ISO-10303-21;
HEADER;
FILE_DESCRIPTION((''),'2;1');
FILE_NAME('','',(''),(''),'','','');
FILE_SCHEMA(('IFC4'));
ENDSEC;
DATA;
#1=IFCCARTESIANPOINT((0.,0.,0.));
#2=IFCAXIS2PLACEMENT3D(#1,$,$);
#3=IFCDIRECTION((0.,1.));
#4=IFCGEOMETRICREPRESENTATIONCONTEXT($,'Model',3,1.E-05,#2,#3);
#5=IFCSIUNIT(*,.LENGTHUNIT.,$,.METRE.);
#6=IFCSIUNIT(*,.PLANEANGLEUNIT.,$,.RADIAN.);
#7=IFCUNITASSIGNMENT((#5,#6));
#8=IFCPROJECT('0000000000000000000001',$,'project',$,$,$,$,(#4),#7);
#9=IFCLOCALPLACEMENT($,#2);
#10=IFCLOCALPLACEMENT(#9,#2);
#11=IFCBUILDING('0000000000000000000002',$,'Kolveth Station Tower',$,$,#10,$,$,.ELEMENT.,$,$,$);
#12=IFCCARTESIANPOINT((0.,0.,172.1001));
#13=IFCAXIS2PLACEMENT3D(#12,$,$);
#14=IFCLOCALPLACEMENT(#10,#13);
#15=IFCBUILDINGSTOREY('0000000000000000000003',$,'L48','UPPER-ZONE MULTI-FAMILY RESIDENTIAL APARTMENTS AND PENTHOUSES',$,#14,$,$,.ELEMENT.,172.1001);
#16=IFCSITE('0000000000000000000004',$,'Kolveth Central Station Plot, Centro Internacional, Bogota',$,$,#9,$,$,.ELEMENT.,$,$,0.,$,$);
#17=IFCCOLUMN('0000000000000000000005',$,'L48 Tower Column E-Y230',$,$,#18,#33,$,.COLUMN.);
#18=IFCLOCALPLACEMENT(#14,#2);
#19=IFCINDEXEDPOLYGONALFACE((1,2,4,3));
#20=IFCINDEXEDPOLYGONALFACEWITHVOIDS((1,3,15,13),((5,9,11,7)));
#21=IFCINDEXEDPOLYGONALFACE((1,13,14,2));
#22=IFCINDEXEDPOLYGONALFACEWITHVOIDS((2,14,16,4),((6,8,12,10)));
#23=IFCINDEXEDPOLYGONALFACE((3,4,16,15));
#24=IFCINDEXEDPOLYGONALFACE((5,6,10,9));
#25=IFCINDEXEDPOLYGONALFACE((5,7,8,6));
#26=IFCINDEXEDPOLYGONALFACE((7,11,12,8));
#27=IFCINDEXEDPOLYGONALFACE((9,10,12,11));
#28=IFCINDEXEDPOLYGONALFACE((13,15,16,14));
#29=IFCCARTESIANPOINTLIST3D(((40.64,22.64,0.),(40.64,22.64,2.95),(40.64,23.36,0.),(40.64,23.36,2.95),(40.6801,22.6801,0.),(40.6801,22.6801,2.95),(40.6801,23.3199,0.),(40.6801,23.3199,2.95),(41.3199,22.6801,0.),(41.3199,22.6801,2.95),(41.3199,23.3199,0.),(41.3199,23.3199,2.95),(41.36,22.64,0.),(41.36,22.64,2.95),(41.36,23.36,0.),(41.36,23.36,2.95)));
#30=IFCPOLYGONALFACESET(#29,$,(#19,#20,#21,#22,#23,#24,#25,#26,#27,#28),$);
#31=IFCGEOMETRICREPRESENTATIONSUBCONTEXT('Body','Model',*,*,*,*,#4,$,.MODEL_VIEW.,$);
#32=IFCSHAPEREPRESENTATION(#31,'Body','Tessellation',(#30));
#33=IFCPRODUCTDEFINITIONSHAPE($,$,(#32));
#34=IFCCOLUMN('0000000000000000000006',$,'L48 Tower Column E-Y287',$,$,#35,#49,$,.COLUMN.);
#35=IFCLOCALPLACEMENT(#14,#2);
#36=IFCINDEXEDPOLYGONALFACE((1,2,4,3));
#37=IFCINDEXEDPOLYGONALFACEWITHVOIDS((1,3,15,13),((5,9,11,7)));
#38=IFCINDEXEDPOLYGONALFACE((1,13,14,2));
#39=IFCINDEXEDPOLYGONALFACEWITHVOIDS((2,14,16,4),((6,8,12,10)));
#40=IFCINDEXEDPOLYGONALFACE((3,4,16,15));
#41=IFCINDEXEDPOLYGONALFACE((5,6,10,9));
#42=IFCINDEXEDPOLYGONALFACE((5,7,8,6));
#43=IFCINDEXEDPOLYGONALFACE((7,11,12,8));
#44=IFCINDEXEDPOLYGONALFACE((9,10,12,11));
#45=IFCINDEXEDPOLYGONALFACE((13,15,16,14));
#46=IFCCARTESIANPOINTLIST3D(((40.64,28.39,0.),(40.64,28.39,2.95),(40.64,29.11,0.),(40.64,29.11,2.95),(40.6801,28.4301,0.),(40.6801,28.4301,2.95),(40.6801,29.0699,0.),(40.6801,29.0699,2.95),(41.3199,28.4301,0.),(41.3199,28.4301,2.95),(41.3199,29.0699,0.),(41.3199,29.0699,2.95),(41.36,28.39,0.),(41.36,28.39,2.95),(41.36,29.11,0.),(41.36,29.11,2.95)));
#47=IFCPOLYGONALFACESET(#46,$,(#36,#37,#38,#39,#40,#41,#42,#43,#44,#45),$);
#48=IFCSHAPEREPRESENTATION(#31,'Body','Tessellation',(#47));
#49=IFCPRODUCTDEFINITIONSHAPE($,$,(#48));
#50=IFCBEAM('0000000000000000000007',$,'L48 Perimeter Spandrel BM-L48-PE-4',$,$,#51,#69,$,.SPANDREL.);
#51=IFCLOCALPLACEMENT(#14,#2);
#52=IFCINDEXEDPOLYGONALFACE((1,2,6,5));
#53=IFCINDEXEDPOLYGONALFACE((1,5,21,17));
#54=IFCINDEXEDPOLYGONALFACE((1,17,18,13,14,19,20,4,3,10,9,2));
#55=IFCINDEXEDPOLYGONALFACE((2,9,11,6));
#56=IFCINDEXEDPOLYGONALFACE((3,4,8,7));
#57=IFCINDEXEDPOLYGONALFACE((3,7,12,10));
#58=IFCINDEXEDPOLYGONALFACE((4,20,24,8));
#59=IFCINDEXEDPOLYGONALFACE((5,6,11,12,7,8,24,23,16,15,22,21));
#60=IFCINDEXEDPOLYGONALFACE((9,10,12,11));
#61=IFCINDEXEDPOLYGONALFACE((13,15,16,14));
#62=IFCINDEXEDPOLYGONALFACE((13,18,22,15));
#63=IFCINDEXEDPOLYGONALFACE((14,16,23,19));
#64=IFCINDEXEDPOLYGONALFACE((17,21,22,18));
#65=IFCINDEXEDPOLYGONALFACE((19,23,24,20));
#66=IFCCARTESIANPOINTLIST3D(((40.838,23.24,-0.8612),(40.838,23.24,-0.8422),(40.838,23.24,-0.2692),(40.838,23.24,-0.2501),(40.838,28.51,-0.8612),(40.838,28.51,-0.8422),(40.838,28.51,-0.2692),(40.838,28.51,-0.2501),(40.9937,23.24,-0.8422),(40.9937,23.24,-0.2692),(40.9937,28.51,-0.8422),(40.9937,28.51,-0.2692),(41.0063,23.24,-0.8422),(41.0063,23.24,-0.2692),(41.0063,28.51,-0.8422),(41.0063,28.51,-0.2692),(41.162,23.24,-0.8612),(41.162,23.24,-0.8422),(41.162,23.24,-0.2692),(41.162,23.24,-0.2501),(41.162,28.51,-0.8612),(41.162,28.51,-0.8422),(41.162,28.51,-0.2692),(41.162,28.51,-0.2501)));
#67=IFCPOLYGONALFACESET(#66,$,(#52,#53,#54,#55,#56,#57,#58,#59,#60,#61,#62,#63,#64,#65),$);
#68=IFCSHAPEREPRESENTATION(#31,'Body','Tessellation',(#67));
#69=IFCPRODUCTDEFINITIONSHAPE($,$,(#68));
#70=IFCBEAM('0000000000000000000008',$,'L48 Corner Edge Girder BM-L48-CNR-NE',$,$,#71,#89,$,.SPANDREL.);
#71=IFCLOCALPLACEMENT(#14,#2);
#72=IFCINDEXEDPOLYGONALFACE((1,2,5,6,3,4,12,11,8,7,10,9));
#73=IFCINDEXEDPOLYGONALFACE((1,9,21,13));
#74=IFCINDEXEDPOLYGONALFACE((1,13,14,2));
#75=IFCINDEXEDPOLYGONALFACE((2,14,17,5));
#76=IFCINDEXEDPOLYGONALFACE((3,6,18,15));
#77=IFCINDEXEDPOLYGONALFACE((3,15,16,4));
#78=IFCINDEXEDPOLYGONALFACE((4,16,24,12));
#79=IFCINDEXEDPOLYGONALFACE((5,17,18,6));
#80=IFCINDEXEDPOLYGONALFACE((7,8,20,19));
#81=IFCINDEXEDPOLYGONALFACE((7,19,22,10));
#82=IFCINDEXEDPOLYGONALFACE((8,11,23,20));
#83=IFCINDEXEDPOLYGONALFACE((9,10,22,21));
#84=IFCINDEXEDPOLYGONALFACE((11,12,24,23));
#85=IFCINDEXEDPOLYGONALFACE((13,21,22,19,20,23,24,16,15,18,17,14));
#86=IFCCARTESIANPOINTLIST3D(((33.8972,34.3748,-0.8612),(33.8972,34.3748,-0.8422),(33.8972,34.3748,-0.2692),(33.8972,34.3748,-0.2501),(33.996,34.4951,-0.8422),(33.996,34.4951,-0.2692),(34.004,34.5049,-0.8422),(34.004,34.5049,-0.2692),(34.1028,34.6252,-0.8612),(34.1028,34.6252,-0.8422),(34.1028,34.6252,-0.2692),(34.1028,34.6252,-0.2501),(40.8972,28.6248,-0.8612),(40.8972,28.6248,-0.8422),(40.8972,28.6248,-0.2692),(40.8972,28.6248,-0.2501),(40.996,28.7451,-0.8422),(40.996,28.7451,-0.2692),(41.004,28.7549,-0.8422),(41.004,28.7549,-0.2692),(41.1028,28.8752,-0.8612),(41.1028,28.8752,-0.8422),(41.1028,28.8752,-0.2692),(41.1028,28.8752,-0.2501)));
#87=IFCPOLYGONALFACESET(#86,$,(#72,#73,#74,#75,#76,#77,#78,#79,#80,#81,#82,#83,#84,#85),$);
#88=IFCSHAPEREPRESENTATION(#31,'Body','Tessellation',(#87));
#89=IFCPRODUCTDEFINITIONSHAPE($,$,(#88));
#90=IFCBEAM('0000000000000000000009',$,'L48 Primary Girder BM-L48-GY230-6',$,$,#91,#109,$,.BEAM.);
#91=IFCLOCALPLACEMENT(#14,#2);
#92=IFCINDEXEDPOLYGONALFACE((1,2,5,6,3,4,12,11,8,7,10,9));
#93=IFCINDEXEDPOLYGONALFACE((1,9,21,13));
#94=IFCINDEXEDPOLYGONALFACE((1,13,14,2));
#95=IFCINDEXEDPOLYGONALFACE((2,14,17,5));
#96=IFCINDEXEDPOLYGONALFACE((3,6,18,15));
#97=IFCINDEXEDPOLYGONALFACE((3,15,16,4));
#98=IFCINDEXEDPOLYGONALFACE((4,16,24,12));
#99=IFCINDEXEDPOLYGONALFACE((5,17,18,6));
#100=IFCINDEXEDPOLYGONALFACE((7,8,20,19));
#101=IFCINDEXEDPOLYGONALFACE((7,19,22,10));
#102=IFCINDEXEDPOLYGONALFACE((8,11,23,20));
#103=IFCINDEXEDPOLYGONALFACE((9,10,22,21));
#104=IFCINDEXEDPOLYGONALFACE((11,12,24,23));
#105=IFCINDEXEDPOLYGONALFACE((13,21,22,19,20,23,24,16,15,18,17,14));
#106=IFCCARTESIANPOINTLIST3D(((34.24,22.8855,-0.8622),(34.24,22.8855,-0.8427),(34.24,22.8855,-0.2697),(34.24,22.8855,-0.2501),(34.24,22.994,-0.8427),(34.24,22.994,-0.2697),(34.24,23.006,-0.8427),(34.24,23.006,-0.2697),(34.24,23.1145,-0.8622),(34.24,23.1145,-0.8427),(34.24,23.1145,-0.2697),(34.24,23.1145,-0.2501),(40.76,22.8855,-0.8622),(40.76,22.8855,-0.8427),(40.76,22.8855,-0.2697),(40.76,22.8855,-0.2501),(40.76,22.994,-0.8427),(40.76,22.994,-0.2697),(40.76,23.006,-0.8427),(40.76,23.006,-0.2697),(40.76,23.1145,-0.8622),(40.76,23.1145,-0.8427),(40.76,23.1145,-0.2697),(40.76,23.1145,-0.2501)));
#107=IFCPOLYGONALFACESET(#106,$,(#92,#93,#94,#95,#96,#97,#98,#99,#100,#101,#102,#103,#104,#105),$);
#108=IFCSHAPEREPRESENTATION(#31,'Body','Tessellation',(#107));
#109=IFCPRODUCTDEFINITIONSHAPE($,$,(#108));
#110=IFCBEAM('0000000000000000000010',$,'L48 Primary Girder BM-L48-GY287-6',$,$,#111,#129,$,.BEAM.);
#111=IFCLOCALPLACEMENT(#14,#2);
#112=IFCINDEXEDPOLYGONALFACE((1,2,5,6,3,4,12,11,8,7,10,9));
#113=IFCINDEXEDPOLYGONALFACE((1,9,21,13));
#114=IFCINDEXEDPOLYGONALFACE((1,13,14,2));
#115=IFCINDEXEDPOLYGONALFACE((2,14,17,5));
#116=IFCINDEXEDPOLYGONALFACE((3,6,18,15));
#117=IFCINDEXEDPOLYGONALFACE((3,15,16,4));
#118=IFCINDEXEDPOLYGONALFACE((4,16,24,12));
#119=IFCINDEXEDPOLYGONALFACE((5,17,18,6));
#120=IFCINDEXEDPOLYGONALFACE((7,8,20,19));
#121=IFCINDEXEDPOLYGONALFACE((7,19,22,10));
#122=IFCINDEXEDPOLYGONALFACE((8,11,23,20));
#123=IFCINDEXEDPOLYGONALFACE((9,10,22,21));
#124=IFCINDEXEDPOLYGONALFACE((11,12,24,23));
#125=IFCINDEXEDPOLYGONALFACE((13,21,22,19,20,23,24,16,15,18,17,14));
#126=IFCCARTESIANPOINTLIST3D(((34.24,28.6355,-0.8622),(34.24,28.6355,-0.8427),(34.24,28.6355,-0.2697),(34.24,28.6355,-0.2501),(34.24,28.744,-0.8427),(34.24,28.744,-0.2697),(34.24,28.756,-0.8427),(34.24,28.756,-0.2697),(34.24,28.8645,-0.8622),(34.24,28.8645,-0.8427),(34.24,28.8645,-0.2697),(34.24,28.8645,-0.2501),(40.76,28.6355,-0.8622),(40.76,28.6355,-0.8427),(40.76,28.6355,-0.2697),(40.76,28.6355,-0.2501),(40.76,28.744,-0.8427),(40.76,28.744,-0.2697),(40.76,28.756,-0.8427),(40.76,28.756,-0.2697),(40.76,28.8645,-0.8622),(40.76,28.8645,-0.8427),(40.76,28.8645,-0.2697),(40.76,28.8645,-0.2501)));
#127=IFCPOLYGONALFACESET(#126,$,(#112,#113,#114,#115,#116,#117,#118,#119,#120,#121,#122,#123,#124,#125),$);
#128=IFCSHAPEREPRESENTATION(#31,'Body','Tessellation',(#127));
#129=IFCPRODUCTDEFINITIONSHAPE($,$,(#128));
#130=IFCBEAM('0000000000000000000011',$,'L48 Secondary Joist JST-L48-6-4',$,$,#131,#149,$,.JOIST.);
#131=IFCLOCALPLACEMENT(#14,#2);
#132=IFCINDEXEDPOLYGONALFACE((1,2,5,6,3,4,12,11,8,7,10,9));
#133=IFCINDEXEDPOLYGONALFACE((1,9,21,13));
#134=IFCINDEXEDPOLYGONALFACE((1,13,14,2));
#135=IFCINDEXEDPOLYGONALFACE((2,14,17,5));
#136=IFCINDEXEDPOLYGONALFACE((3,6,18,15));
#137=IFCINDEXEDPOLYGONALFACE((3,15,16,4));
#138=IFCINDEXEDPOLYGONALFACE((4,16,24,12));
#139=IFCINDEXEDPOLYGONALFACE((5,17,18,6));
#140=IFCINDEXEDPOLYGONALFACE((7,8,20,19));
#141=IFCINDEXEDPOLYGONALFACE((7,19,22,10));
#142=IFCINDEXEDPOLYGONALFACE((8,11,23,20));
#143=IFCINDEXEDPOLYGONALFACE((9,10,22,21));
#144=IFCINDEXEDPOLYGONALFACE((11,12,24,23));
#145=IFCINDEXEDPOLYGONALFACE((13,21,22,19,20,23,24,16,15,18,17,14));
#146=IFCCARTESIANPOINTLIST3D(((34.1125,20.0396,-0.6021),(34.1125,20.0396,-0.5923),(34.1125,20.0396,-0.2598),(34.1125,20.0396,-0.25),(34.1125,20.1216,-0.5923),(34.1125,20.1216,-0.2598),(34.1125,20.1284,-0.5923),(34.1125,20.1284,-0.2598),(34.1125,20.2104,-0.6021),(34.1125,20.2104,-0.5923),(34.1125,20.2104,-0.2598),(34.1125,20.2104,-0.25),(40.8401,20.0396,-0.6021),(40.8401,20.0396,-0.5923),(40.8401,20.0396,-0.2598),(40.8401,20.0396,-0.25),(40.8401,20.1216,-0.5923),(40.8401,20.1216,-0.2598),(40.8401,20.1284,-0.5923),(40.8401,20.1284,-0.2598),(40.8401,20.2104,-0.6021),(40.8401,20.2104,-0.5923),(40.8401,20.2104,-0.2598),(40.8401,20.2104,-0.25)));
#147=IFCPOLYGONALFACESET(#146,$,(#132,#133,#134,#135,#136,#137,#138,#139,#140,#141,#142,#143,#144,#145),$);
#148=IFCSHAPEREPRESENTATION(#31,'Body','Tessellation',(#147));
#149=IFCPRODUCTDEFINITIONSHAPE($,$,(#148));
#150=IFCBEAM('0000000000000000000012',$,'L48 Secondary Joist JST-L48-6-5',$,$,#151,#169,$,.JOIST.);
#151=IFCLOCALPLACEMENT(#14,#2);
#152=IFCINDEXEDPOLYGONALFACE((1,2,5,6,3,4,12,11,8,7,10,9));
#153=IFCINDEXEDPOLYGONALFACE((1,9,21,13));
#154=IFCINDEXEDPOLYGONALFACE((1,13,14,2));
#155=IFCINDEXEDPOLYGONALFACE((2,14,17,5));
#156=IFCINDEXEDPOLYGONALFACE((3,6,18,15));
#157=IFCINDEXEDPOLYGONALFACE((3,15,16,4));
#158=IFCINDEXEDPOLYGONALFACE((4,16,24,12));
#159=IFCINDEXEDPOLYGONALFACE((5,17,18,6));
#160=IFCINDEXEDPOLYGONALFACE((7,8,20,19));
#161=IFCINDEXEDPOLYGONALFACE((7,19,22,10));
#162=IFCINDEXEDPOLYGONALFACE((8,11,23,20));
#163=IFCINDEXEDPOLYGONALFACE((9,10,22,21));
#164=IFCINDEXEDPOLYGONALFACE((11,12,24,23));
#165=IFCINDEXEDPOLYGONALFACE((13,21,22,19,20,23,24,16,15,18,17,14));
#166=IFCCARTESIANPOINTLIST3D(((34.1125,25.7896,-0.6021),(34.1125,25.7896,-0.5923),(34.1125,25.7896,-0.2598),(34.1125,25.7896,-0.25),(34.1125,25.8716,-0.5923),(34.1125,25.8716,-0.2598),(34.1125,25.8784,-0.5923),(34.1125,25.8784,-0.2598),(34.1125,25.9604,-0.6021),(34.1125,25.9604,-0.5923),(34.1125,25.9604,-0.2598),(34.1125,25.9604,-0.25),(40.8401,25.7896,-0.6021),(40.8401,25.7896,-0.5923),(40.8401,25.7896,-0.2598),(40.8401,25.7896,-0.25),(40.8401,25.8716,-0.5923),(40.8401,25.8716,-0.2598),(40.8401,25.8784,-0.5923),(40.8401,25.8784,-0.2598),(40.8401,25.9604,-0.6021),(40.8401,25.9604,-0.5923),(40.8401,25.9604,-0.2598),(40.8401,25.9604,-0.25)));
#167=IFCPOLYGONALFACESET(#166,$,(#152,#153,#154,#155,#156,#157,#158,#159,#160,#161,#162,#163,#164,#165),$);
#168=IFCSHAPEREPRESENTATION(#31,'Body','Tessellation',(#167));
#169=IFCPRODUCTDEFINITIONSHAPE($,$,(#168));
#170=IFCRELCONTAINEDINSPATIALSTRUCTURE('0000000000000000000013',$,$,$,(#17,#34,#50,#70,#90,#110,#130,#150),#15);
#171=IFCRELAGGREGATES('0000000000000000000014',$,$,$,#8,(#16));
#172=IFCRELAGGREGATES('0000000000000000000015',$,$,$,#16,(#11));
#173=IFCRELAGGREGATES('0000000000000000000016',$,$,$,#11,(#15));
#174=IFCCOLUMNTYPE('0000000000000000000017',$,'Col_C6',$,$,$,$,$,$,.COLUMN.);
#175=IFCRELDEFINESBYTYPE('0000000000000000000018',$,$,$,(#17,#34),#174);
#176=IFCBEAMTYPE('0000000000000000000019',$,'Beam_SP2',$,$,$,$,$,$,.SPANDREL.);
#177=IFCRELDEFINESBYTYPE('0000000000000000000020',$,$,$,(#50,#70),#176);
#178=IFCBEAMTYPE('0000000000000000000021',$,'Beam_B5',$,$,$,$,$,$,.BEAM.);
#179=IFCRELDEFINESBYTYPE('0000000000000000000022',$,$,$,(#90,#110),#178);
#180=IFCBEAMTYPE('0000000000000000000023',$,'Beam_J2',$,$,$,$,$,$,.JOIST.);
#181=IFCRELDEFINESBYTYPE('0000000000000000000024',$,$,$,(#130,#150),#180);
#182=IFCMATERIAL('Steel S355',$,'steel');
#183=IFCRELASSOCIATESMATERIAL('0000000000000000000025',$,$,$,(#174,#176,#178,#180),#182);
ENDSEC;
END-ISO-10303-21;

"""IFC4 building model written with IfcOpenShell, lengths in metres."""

from ifc_helpers import new_model, si_unit, direction, frame, origin, origin_2d, place, context, subcontext, project, spatial, hollow_rectangle, i_section, extrude, source, transform, mapped, material, material_profile, profile_set, type_object, element, save


model = new_model("IFC4")

# Units and contexts
model_context = context("Model", 3, precision=1e-05, world=origin(), true_north=direction((0.0, 1.0)))
body_context = subcontext(model_context, "Body", "Model", "MODEL_VIEW")
ifc_project = project(units=[si_unit("LENGTHUNIT", "METRE"), si_unit("PLANEANGLEUNIT", "RADIAN")], contexts=[model_context])

# Site, building, storey
site_placement = place(None, origin())
site = spatial("IfcSite", under=ifc_project, at=site_placement, Name="Kolveth Central Station Plot, Centro Internacional, Bogota", CompositionType="ELEMENT", RefElevation=0.0)
building_placement = place(site_placement, origin())
building = spatial("IfcBuilding", under=site, at=building_placement, Name="Kolveth Station Tower", CompositionType="ELEMENT")
storey_placement = place(building_placement, frame((0.0, 0.0, 172.1001)))
storey = spatial("IfcBuildingStorey", under=building, at=storey_placement, Name="L48", Description="UPPER-ZONE MULTI-FAMILY RESIDENTIAL APARTMENTS AND PENTHOUSES", CompositionType="ELEMENT", Elevation=172.1001)

# Columns
ifc_material_1 = material(Name="Steel S355", Category="steel")
ifc_material_profile_1 = material_profile(ifc_material_1, hollow_rectangle(XDim=0.72, YDim=0.72, WallThickness=0.04, at=origin_2d()), Name="BOX720x720x40")
ifc_profile_set_1 = profile_set([ifc_material_profile_1], Name="Steel S355")
column_type = type_object("IfcColumnType", Name="Col_C6", PredefinedType="COLUMN", material=ifc_profile_set_1)
shared_shape_1 = source(origin(), body_context, "Body", "SweptSolid", [
    extrude(hollow_rectangle(XDim=0.72, YDim=0.72, WallThickness=0.04, at=origin_2d()), origin(), (0.0, 0.0, 1.0), 2.95),
])
for number, where, z_axis, x_axis, name in (
    (1, (41.0, 23.0, 0.0), (0.0, 0.0, 1.0), (1.0, 0.0, 0.0), "L48 Tower Column E-Y230"),
    (2, (41.0, 28.75, 0.0), (0.0, 0.0, 1.0), (1.0, 0.0, 0.0), "L48 Tower Column E-Y287"),
):
    element("IfcColumn", number, at=place(storey_placement, frame(where, z_axis=z_axis, x_axis=x_axis)), inside=storey, type_object=column_type, Name=name, PredefinedType="COLUMN", context=body_context, shape_type="MappedRepresentation", body=[
        mapped(shared_shape_1, transform((0.0, 0.0, 0.0), x_axis=(1.0, 0.0, 0.0), y_axis=(0.0, 1.0, 0.0), z_axis=(0.0, 0.0, 1.0), scale=1.0)),
    ])

# Beams
ifc_material_profile_2 = material_profile(ifc_material_1, i_section(OverallWidth=0.324, OverallDepth=0.6111, WebThickness=0.0127, FlangeThickness=0.019, at=origin_2d()), Name="W610x155")
ifc_profile_set_2 = profile_set([ifc_material_profile_2], Name="Steel S355")
beam_type_1 = type_object("IfcBeamType", Name="Beam_SP2", PredefinedType="SPANDREL", material=ifc_profile_set_2)
shared_shape_2 = source(origin(), body_context, "Body", "SweptSolid", [
    extrude(i_section(OverallWidth=0.324, OverallDepth=0.6111, WebThickness=0.0127, FlangeThickness=0.019, at=origin_2d()), origin(), (0.0, 0.0, 1.0), 5.27),
])
beam_1_placement = place(storey_placement, frame((41.0, 23.24, -0.5557), z_axis=(0.0, 1.0, 0.0), x_axis=(-1.0, 0.0, 0.0)))
element("IfcBeam", 3, at=beam_1_placement, inside=storey, type_object=beam_type_1, Name="L48 Perimeter Spandrel BM-L48-PE-4", PredefinedType="SPANDREL", context=body_context, shape_type="MappedRepresentation", body=[
    mapped(shared_shape_2, transform((0.0, 0.0, 0.0), x_axis=(1.0, 0.0, 0.0), y_axis=(0.0, 1.0, 0.0), z_axis=(0.0, 0.0, 1.0), scale=1.0)),
])
shared_shape_3 = source(origin(), body_context, "Body", "SweptSolid", [
    extrude(i_section(OverallWidth=0.324, OverallDepth=0.6111, WebThickness=0.0127, FlangeThickness=0.019, at=origin_2d()), origin(), (0.0, 0.0, 1.0), 9.0588),
])
beam_2_placement = place(storey_placement, frame((41.0, 28.75, -0.5557), z_axis=(-0.772726, 0.634739, 0.0), x_axis=(-0.634739, -0.772726, 0.0)))
element("IfcBeam", 4, at=beam_2_placement, inside=storey, type_object=beam_type_1, Name="L48 Corner Edge Girder BM-L48-CNR-NE", PredefinedType="SPANDREL", context=body_context, shape_type="MappedRepresentation", body=[
    mapped(shared_shape_3, transform((0.0, 0.0, 0.0), x_axis=(1.0, 0.0, 0.0), y_axis=(0.0, 1.0, 0.0), z_axis=(0.0, 0.0, 1.0), scale=1.0)),
])
ifc_material_profile_3 = material_profile(ifc_material_1, i_section(OverallWidth=0.229, OverallDepth=0.6121, WebThickness=0.012, FlangeThickness=0.0195, at=origin_2d()), Name="W610x125")
ifc_profile_set_3 = profile_set([ifc_material_profile_3], Name="Steel S355")
beam_type_2 = type_object("IfcBeamType", Name="Beam_B5", PredefinedType="BEAM", material=ifc_profile_set_3)
shared_shape_4 = source(origin(), body_context, "Body", "SweptSolid", [
    extrude(i_section(OverallWidth=0.229, OverallDepth=0.6121, WebThickness=0.012, FlangeThickness=0.0195, at=origin_2d()), origin(), (0.0, 0.0, 1.0), 6.52),
])
for number, where, z_axis, x_axis, name in (
    (5, (34.24, 23.0, -0.5562), (1.0, 0.0, 0.0), (0.0, 1.0, 0.0), "L48 Primary Girder BM-L48-GY230-6"),
    (6, (34.24, 28.75, -0.5562), (1.0, 0.0, 0.0), (0.0, 1.0, 0.0), "L48 Primary Girder BM-L48-GY287-6"),
):
    element("IfcBeam", number, at=place(storey_placement, frame(where, z_axis=z_axis, x_axis=x_axis)), inside=storey, type_object=beam_type_2, Name=name, PredefinedType="BEAM", context=body_context, shape_type="MappedRepresentation", body=[
        mapped(shared_shape_4, transform((0.0, 0.0, 0.0), x_axis=(1.0, 0.0, 0.0), y_axis=(0.0, 1.0, 0.0), z_axis=(0.0, 0.0, 1.0), scale=1.0)),
    ])
ifc_material_profile_4 = material_profile(ifc_material_1, i_section(OverallWidth=0.1709, OverallDepth=0.3521, WebThickness=0.0068, FlangeThickness=0.0098, at=origin_2d()), Name="W360x44")
ifc_profile_set_4 = profile_set([ifc_material_profile_4], Name="Steel S355")
beam_type_3 = type_object("IfcBeamType", Name="Beam_J2", PredefinedType="JOIST", material=ifc_profile_set_4)
shared_shape_5 = source(origin(), body_context, "Body", "SweptSolid", [
    extrude(i_section(OverallWidth=0.1709, OverallDepth=0.3521, WebThickness=0.0068, FlangeThickness=0.0098, at=origin_2d()), origin(), (0.0, 0.0, 1.0), 6.7275),
])
for number, where, z_axis, x_axis, name in (
    (7, (34.1125, 20.125, -0.426), (1.0, 0.0, 0.0), (0.0, 1.0, 0.0), "L48 Secondary Joist JST-L48-6-4"),
    (8, (34.1125, 25.875, -0.426), (1.0, 0.0, 0.0), (0.0, 1.0, 0.0), "L48 Secondary Joist JST-L48-6-5"),
):
    element("IfcBeam", number, at=place(storey_placement, frame(where, z_axis=z_axis, x_axis=x_axis)), inside=storey, type_object=beam_type_3, Name=name, PredefinedType="JOIST", context=body_context, shape_type="MappedRepresentation", body=[
        mapped(shared_shape_5, transform((0.0, 0.0, 0.0), x_axis=(1.0, 0.0, 0.0), y_axis=(0.0, 1.0, 0.0), z_axis=(0.0, 0.0, 1.0), scale=1.0)),
    ])

save(model, "model.ifc")
